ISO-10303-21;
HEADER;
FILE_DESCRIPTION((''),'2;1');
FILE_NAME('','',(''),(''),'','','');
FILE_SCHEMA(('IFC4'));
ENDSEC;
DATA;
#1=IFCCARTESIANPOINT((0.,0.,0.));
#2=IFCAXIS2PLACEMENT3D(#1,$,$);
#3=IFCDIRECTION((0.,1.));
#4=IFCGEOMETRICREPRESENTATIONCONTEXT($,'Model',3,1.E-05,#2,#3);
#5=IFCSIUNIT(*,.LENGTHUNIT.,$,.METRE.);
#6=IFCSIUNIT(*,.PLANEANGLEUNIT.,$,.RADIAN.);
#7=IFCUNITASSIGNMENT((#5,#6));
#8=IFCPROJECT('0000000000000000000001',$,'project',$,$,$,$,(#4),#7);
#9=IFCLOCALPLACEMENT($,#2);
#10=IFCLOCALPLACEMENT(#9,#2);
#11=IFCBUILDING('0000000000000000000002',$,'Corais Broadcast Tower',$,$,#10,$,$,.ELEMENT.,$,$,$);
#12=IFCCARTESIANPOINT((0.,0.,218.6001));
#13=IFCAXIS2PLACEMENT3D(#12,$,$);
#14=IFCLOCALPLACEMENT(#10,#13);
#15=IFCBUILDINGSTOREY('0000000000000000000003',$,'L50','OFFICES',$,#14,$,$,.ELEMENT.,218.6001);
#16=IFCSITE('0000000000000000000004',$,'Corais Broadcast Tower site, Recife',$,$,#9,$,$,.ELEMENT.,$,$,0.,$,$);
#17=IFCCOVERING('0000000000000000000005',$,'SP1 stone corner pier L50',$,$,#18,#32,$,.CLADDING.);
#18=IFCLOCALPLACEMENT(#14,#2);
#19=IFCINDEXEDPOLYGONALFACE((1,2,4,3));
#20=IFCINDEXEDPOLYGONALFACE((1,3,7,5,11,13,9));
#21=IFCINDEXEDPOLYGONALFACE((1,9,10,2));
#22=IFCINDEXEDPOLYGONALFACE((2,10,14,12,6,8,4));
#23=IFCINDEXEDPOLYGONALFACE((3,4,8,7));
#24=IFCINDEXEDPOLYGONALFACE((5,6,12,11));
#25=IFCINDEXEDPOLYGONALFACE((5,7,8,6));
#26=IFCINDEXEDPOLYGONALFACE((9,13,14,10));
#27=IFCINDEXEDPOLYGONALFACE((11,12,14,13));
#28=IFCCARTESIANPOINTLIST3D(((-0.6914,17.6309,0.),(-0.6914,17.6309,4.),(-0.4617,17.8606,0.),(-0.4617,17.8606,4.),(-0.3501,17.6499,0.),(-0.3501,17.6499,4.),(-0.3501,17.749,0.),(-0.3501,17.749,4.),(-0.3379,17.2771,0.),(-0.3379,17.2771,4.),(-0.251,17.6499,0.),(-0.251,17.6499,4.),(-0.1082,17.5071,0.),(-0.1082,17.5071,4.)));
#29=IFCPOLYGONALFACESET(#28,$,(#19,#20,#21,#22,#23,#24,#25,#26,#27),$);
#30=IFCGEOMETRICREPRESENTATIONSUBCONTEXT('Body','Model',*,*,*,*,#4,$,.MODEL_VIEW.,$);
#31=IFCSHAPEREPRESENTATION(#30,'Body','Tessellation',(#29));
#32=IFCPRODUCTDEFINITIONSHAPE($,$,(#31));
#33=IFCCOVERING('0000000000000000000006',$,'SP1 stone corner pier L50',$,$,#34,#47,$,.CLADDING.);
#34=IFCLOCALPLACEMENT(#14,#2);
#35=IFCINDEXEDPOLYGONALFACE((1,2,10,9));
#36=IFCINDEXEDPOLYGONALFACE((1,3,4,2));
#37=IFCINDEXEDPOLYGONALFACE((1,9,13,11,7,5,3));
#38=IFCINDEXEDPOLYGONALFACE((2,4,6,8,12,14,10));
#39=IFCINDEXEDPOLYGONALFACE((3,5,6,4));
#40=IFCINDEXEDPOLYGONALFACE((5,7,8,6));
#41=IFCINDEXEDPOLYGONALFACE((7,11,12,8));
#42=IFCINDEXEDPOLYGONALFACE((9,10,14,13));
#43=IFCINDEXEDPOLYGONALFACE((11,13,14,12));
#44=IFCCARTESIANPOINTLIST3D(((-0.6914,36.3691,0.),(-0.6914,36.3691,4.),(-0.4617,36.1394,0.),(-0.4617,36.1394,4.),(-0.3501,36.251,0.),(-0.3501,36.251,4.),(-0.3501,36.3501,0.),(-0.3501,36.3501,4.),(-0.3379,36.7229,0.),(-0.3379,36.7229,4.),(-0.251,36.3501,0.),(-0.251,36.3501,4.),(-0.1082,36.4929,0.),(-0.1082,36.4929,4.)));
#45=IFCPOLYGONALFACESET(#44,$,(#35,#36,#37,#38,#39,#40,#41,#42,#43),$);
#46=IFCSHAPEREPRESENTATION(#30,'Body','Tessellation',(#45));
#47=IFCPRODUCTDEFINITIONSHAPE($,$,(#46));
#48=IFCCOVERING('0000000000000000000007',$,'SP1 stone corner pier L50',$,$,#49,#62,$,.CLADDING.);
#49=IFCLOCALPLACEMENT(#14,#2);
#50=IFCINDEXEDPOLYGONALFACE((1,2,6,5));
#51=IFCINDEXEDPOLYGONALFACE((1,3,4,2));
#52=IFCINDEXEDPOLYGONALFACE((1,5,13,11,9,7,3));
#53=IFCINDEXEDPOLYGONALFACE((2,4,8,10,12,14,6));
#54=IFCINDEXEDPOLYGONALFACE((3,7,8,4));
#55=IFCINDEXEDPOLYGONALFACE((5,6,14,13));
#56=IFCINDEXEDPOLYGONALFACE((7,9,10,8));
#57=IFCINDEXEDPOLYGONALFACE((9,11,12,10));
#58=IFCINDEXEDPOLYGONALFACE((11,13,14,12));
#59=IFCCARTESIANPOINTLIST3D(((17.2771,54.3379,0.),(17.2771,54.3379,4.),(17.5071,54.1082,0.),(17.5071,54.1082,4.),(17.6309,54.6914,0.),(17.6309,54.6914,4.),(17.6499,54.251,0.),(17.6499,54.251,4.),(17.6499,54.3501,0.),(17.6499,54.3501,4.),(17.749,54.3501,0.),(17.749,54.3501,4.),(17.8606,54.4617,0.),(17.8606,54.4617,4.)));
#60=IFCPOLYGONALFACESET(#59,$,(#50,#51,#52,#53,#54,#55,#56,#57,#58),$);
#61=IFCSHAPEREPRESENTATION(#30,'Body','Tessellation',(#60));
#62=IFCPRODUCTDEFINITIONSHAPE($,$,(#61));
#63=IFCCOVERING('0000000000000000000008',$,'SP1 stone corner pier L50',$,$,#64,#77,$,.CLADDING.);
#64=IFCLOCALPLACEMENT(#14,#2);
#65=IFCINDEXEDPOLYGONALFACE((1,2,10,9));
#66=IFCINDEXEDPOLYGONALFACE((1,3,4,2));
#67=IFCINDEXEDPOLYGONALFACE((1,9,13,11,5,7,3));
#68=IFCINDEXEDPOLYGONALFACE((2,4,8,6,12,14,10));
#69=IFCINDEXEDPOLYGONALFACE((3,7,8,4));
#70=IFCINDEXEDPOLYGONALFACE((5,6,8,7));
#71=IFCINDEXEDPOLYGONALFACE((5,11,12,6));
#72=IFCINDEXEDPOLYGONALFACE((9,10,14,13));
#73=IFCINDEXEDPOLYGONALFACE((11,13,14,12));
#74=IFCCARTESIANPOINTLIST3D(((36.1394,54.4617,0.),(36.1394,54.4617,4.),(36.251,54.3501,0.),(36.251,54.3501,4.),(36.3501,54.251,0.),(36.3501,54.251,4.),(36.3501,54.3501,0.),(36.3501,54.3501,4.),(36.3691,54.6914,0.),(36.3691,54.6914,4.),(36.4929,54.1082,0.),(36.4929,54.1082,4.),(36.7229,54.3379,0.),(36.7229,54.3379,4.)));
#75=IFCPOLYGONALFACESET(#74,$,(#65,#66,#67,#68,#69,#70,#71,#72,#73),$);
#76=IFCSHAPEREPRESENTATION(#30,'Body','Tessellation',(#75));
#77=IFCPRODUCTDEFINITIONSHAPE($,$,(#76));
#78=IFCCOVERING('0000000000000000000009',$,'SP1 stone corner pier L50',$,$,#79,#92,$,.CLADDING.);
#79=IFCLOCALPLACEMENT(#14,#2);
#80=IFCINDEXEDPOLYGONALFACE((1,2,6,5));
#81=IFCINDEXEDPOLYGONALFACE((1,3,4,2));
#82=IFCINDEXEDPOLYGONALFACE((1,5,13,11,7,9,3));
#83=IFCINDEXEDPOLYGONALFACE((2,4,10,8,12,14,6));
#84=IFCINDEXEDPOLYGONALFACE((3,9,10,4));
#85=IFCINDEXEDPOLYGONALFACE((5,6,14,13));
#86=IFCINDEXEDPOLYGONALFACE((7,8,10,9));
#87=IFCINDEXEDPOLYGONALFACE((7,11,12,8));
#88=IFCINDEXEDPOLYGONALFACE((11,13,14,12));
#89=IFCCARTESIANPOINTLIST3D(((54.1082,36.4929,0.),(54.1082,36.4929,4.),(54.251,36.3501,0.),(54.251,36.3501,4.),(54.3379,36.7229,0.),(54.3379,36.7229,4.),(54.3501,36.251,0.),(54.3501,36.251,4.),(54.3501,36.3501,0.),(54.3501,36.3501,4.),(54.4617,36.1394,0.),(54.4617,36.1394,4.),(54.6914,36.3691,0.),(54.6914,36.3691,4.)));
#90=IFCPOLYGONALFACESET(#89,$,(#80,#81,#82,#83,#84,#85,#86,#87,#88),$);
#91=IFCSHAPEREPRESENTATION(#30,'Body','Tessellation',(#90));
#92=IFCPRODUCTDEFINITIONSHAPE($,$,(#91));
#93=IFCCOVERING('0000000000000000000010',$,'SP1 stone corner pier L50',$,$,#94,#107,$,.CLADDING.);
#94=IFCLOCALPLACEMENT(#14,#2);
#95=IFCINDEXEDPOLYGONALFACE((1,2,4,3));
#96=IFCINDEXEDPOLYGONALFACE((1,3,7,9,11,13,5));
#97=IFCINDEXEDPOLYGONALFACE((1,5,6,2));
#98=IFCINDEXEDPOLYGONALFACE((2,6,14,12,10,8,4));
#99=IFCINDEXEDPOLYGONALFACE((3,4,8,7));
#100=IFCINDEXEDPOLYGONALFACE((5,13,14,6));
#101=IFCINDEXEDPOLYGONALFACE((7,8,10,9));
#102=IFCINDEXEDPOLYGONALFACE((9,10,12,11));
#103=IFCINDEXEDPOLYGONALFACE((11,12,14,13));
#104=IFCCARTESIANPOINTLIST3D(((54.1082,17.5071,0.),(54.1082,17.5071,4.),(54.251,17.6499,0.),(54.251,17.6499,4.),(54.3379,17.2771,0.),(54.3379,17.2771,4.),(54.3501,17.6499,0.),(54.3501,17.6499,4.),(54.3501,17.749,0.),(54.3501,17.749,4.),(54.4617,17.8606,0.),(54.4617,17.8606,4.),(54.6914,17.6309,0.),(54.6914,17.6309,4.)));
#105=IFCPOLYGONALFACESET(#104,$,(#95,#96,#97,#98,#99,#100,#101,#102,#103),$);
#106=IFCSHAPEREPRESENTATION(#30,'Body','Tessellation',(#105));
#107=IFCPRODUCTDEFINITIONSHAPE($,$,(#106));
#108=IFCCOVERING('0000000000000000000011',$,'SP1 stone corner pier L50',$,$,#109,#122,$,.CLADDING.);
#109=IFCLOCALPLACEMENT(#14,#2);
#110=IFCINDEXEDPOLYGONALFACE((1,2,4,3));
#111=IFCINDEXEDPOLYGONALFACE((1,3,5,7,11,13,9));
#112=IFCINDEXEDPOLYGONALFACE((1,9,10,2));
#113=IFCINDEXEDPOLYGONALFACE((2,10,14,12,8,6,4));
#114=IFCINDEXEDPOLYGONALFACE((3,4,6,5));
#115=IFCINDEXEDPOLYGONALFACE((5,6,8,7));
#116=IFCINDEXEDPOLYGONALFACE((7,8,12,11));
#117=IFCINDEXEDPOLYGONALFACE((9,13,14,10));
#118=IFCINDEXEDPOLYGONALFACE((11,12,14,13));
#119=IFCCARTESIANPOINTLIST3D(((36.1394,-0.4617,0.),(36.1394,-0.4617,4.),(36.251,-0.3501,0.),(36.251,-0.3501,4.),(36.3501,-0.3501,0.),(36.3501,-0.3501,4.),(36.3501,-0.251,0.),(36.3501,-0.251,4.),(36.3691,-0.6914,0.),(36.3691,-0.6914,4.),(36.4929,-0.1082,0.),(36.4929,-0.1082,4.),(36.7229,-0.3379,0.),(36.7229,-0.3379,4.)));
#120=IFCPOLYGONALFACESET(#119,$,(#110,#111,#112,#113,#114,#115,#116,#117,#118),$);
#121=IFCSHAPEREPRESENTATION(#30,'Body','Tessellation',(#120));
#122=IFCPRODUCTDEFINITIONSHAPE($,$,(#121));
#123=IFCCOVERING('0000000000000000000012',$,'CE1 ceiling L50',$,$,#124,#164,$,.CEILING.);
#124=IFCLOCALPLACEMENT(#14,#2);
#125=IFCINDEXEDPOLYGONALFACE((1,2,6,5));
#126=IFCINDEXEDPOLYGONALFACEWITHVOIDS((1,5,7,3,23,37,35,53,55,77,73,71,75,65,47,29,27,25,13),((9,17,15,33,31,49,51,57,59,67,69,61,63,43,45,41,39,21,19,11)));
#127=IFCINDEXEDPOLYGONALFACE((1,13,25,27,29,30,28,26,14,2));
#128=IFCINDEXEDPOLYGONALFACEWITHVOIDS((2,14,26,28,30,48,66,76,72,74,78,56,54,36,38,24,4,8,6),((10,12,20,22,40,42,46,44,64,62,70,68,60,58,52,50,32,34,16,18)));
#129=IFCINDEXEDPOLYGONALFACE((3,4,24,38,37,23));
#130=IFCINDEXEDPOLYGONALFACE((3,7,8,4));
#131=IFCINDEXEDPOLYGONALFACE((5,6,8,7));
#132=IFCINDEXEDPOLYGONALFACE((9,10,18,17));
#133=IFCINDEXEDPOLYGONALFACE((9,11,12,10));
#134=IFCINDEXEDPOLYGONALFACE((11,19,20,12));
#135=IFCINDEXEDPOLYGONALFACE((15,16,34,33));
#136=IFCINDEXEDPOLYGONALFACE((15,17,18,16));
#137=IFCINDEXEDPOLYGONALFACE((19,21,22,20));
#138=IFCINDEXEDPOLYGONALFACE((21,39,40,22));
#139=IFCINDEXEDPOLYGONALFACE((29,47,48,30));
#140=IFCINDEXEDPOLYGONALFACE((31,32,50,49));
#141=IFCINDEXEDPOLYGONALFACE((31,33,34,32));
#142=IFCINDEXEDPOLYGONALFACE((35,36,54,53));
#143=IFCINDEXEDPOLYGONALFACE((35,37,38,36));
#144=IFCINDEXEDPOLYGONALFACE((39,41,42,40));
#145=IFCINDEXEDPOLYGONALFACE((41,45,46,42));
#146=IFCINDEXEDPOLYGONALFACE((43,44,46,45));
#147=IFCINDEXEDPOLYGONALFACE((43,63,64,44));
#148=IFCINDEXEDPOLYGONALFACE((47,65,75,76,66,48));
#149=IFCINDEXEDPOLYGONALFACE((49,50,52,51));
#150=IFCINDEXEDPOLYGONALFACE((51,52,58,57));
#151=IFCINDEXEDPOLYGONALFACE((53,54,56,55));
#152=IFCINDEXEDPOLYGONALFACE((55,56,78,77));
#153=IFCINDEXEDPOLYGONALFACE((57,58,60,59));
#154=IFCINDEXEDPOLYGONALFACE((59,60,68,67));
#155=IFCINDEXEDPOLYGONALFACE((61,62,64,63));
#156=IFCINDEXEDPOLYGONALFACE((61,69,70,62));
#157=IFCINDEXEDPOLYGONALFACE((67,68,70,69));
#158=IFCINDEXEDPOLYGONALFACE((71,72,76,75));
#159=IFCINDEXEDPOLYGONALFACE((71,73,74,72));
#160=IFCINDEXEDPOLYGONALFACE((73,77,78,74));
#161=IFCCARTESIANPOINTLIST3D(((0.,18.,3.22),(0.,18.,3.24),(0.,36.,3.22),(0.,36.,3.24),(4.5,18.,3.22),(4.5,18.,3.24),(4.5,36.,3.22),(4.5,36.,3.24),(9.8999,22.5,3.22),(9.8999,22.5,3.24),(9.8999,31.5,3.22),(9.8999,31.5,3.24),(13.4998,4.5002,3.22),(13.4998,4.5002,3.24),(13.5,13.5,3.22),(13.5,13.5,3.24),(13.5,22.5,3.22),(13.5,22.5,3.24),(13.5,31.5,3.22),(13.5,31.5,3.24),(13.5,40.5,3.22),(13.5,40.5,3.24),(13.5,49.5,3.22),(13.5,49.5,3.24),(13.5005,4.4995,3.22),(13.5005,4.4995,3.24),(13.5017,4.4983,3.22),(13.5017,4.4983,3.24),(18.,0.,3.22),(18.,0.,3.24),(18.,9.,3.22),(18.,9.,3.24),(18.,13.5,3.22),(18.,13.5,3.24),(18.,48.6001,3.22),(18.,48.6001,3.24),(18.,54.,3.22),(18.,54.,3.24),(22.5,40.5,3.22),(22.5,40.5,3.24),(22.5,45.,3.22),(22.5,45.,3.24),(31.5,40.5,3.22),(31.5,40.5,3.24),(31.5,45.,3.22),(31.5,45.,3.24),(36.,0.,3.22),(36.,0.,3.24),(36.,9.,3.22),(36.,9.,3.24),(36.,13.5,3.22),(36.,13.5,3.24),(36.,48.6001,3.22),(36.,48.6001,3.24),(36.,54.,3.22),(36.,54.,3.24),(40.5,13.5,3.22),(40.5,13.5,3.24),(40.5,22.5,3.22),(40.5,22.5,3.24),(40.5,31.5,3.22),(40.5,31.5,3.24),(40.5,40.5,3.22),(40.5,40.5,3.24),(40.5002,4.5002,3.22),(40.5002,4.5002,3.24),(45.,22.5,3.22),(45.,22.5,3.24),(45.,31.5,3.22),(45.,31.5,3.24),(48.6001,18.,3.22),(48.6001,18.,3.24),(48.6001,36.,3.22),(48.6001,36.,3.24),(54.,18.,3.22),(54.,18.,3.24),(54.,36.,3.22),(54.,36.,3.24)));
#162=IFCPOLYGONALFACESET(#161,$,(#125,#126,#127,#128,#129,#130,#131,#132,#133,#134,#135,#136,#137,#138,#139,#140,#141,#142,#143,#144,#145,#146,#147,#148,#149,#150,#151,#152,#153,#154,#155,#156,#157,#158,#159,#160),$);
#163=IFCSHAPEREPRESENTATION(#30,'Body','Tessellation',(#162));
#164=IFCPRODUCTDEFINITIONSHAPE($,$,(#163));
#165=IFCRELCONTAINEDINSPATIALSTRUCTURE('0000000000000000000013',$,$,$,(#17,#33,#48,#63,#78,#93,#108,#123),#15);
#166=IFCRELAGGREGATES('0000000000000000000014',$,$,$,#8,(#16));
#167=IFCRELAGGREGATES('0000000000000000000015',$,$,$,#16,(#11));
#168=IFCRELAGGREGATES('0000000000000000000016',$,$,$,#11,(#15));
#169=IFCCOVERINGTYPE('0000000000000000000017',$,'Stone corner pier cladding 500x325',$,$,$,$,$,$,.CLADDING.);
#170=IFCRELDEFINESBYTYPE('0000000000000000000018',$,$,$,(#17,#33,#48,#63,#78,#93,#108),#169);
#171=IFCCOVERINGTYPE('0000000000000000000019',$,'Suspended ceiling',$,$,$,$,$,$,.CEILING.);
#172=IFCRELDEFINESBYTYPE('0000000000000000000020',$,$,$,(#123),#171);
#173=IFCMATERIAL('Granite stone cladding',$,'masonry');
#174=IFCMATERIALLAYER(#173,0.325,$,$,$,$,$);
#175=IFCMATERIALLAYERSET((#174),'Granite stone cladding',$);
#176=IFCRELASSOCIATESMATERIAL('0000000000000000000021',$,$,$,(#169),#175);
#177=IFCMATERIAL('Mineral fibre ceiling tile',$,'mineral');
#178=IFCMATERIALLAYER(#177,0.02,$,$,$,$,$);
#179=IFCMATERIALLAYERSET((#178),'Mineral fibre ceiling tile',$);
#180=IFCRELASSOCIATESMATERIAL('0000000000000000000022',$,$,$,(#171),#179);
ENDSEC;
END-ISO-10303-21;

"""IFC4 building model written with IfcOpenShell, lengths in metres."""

from ifc_helpers import new_model, si_unit, direction, frame, origin, place, context, subcontext, project, spatial, polyline, outline, extrude, material, layer, layer_set, type_object, element, save


model = new_model("IFC4")

# Units and contexts
model_context = context("Model", 3, precision=1e-05, world=origin(), true_north=direction((0.0, 1.0)))
body_context = subcontext(model_context, "Body", "Model", "MODEL_VIEW")
ifc_project = project(units=[si_unit("LENGTHUNIT", "METRE"), si_unit("PLANEANGLEUNIT", "RADIAN")], contexts=[model_context])

# Site, building, storey
site_placement = place(None, origin())
site = spatial("IfcSite", under=ifc_project, at=site_placement, Name="Corais Broadcast Tower site, Recife", CompositionType="ELEMENT", RefElevation=0.0)
building_placement = place(site_placement, origin())
building = spatial("IfcBuilding", under=site, at=building_placement, Name="Corais Broadcast Tower", CompositionType="ELEMENT")
storey_placement = place(building_placement, frame((0.0, 0.0, 218.6001)))
storey = spatial("IfcBuildingStorey", under=building, at=storey_placement, Name="L50", Description="OFFICES", CompositionType="ELEMENT", Elevation=218.6001)

# Coverings
ifc_material_1 = material(Name="Granite stone cladding", Category="masonry")
ifc_layer_1 = layer(ifc_material_1, 0.325)
ifc_layer_set_1 = layer_set([ifc_layer_1], Name="Granite stone cladding")
covering_type_1 = type_object("IfcCoveringType", Name="Stone corner pier cladding 500x325", PredefinedType="CLADDING", material=ifc_layer_set_1)
covering_1_placement = place(storey_placement, origin())
element("IfcCovering", 1, at=covering_1_placement, inside=storey, type_object=covering_type_1, Name="SP1 stone corner pier L50", PredefinedType="CLADDING", context=body_context, shape_type="SweptSolid", body=[
    extrude(outline(polyline([(-0.3501, 17.749), (-0.4617, 17.8606), (-0.6914, 17.6309), (-0.3379, 17.2771), (-0.1082, 17.5071), (-0.251, 17.6499), (-0.3501, 17.6499), (-0.3501, 17.749)])), origin(), (0.0, 0.0, 1.0), 4.0),
])
covering_2_placement = place(storey_placement, origin())
element("IfcCovering", 2, at=covering_2_placement, inside=storey, type_object=covering_type_1, Name="SP1 stone corner pier L50", PredefinedType="CLADDING", context=body_context, shape_type="SweptSolid", body=[
    extrude(outline(polyline([(-0.4617, 36.1394), (-0.3501, 36.251), (-0.3501, 36.3501), (-0.251, 36.3501), (-0.1082, 36.4929), (-0.3379, 36.7229), (-0.6914, 36.3691), (-0.4617, 36.1394)])), origin(), (0.0, 0.0, 1.0), 4.0),
])
covering_3_placement = place(storey_placement, origin())
element("IfcCovering", 3, at=covering_3_placement, inside=storey, type_object=covering_type_1, Name="SP1 stone corner pier L50", PredefinedType="CLADDING", context=body_context, shape_type="SweptSolid", body=[
    extrude(outline(polyline([(17.749, 54.3501), (17.8606, 54.4617), (17.6309, 54.6914), (17.2771, 54.3379), (17.5071, 54.1082), (17.6499, 54.251), (17.6499, 54.3501), (17.749, 54.3501)])), origin(), (0.0, 0.0, 1.0), 4.0),
])
covering_4_placement = place(storey_placement, origin())
element("IfcCovering", 4, at=covering_4_placement, inside=storey, type_object=covering_type_1, Name="SP1 stone corner pier L50", PredefinedType="CLADDING", context=body_context, shape_type="SweptSolid", body=[
    extrude(outline(polyline([(36.1394, 54.4617), (36.251, 54.3501), (36.3501, 54.3501), (36.3501, 54.251), (36.4929, 54.1082), (36.7229, 54.3379), (36.3691, 54.6914), (36.1394, 54.4617)])), origin(), (0.0, 0.0, 1.0), 4.0),
])
covering_5_placement = place(storey_placement, origin())
element("IfcCovering", 5, at=covering_5_placement, inside=storey, type_object=covering_type_1, Name="SP1 stone corner pier L50", PredefinedType="CLADDING", context=body_context, shape_type="SweptSolid", body=[
    extrude(outline(polyline([(54.3501, 36.251), (54.4617, 36.1394), (54.6914, 36.3691), (54.3379, 36.7229), (54.1082, 36.4929), (54.251, 36.3501), (54.3501, 36.3501), (54.3501, 36.251)])), origin(), (0.0, 0.0, 1.0), 4.0),
])
covering_6_placement = place(storey_placement, origin())
element("IfcCovering", 6, at=covering_6_placement, inside=storey, type_object=covering_type_1, Name="SP1 stone corner pier L50", PredefinedType="CLADDING", context=body_context, shape_type="SweptSolid", body=[
    extrude(outline(polyline([(54.4617, 17.8606), (54.3501, 17.749), (54.3501, 17.6499), (54.251, 17.6499), (54.1082, 17.5071), (54.3379, 17.2771), (54.6914, 17.6309), (54.4617, 17.8606)])), origin(), (0.0, 0.0, 1.0), 4.0),
])
covering_7_placement = place(storey_placement, origin())
element("IfcCovering", 7, at=covering_7_placement, inside=storey, type_object=covering_type_1, Name="SP1 stone corner pier L50", PredefinedType="CLADDING", context=body_context, shape_type="SweptSolid", body=[
    extrude(outline(polyline([(36.251, -0.3501), (36.1394, -0.4617), (36.3691, -0.6914), (36.7229, -0.3379), (36.4929, -0.1082), (36.3501, -0.251), (36.3501, -0.3501), (36.251, -0.3501)])), origin(), (0.0, 0.0, 1.0), 4.0),
])
ifc_material_2 = material(Name="Mineral fibre ceiling tile", Category="mineral")
ifc_layer_2 = layer(ifc_material_2, 0.02)
ifc_layer_set_2 = layer_set([ifc_layer_2], Name="Mineral fibre ceiling tile")
covering_type_2 = type_object("IfcCoveringType", Name="Suspended ceiling", PredefinedType="CEILING", material=ifc_layer_set_2)
covering_8_placement = place(storey_placement, frame((0.0, 0.0, 3.22)))
element("IfcCovering", 8, at=covering_8_placement, inside=storey, type_object=covering_type_2, Name="CE1 ceiling L50", PredefinedType="CEILING", context=body_context, shape_type="SweptSolid", body=[
    extrude(outline(polyline([(13.5, 49.5), (18.0, 54.0), (18.0, 48.6001), (36.0, 48.6001), (36.0, 54.0), (54.0, 36.0), (48.6001, 36.0), (48.6001, 18.0), (54.0, 18.0), (40.5002, 4.5002), (36.0, 0.0), (18.0, 0.0), (13.5017, 4.4983), (13.5005, 4.4995), (13.4998, 4.5002), (0.0, 18.0), (4.5, 18.0), (4.5, 36.0), (0.0, 36.0), (13.5, 49.5)]), holes=[polyline([(40.5, 31.5), (40.5, 40.5), (31.5, 40.5), (31.5, 45.0), (22.5, 45.0), (22.5, 40.5), (13.5, 40.5), (13.5, 31.5), (9.8999, 31.5), (9.8999, 22.5), (13.5, 22.5), (13.5, 13.5), (18.0, 13.5), (18.0, 9.0), (36.0, 9.0), (36.0, 13.5), (40.5, 13.5), (40.5, 22.5), (45.0, 22.5), (45.0, 31.5), (40.5, 31.5)])]), origin(), (0.0, 0.0, 1.0), 0.02),
])

save(model, "model.ifc")
